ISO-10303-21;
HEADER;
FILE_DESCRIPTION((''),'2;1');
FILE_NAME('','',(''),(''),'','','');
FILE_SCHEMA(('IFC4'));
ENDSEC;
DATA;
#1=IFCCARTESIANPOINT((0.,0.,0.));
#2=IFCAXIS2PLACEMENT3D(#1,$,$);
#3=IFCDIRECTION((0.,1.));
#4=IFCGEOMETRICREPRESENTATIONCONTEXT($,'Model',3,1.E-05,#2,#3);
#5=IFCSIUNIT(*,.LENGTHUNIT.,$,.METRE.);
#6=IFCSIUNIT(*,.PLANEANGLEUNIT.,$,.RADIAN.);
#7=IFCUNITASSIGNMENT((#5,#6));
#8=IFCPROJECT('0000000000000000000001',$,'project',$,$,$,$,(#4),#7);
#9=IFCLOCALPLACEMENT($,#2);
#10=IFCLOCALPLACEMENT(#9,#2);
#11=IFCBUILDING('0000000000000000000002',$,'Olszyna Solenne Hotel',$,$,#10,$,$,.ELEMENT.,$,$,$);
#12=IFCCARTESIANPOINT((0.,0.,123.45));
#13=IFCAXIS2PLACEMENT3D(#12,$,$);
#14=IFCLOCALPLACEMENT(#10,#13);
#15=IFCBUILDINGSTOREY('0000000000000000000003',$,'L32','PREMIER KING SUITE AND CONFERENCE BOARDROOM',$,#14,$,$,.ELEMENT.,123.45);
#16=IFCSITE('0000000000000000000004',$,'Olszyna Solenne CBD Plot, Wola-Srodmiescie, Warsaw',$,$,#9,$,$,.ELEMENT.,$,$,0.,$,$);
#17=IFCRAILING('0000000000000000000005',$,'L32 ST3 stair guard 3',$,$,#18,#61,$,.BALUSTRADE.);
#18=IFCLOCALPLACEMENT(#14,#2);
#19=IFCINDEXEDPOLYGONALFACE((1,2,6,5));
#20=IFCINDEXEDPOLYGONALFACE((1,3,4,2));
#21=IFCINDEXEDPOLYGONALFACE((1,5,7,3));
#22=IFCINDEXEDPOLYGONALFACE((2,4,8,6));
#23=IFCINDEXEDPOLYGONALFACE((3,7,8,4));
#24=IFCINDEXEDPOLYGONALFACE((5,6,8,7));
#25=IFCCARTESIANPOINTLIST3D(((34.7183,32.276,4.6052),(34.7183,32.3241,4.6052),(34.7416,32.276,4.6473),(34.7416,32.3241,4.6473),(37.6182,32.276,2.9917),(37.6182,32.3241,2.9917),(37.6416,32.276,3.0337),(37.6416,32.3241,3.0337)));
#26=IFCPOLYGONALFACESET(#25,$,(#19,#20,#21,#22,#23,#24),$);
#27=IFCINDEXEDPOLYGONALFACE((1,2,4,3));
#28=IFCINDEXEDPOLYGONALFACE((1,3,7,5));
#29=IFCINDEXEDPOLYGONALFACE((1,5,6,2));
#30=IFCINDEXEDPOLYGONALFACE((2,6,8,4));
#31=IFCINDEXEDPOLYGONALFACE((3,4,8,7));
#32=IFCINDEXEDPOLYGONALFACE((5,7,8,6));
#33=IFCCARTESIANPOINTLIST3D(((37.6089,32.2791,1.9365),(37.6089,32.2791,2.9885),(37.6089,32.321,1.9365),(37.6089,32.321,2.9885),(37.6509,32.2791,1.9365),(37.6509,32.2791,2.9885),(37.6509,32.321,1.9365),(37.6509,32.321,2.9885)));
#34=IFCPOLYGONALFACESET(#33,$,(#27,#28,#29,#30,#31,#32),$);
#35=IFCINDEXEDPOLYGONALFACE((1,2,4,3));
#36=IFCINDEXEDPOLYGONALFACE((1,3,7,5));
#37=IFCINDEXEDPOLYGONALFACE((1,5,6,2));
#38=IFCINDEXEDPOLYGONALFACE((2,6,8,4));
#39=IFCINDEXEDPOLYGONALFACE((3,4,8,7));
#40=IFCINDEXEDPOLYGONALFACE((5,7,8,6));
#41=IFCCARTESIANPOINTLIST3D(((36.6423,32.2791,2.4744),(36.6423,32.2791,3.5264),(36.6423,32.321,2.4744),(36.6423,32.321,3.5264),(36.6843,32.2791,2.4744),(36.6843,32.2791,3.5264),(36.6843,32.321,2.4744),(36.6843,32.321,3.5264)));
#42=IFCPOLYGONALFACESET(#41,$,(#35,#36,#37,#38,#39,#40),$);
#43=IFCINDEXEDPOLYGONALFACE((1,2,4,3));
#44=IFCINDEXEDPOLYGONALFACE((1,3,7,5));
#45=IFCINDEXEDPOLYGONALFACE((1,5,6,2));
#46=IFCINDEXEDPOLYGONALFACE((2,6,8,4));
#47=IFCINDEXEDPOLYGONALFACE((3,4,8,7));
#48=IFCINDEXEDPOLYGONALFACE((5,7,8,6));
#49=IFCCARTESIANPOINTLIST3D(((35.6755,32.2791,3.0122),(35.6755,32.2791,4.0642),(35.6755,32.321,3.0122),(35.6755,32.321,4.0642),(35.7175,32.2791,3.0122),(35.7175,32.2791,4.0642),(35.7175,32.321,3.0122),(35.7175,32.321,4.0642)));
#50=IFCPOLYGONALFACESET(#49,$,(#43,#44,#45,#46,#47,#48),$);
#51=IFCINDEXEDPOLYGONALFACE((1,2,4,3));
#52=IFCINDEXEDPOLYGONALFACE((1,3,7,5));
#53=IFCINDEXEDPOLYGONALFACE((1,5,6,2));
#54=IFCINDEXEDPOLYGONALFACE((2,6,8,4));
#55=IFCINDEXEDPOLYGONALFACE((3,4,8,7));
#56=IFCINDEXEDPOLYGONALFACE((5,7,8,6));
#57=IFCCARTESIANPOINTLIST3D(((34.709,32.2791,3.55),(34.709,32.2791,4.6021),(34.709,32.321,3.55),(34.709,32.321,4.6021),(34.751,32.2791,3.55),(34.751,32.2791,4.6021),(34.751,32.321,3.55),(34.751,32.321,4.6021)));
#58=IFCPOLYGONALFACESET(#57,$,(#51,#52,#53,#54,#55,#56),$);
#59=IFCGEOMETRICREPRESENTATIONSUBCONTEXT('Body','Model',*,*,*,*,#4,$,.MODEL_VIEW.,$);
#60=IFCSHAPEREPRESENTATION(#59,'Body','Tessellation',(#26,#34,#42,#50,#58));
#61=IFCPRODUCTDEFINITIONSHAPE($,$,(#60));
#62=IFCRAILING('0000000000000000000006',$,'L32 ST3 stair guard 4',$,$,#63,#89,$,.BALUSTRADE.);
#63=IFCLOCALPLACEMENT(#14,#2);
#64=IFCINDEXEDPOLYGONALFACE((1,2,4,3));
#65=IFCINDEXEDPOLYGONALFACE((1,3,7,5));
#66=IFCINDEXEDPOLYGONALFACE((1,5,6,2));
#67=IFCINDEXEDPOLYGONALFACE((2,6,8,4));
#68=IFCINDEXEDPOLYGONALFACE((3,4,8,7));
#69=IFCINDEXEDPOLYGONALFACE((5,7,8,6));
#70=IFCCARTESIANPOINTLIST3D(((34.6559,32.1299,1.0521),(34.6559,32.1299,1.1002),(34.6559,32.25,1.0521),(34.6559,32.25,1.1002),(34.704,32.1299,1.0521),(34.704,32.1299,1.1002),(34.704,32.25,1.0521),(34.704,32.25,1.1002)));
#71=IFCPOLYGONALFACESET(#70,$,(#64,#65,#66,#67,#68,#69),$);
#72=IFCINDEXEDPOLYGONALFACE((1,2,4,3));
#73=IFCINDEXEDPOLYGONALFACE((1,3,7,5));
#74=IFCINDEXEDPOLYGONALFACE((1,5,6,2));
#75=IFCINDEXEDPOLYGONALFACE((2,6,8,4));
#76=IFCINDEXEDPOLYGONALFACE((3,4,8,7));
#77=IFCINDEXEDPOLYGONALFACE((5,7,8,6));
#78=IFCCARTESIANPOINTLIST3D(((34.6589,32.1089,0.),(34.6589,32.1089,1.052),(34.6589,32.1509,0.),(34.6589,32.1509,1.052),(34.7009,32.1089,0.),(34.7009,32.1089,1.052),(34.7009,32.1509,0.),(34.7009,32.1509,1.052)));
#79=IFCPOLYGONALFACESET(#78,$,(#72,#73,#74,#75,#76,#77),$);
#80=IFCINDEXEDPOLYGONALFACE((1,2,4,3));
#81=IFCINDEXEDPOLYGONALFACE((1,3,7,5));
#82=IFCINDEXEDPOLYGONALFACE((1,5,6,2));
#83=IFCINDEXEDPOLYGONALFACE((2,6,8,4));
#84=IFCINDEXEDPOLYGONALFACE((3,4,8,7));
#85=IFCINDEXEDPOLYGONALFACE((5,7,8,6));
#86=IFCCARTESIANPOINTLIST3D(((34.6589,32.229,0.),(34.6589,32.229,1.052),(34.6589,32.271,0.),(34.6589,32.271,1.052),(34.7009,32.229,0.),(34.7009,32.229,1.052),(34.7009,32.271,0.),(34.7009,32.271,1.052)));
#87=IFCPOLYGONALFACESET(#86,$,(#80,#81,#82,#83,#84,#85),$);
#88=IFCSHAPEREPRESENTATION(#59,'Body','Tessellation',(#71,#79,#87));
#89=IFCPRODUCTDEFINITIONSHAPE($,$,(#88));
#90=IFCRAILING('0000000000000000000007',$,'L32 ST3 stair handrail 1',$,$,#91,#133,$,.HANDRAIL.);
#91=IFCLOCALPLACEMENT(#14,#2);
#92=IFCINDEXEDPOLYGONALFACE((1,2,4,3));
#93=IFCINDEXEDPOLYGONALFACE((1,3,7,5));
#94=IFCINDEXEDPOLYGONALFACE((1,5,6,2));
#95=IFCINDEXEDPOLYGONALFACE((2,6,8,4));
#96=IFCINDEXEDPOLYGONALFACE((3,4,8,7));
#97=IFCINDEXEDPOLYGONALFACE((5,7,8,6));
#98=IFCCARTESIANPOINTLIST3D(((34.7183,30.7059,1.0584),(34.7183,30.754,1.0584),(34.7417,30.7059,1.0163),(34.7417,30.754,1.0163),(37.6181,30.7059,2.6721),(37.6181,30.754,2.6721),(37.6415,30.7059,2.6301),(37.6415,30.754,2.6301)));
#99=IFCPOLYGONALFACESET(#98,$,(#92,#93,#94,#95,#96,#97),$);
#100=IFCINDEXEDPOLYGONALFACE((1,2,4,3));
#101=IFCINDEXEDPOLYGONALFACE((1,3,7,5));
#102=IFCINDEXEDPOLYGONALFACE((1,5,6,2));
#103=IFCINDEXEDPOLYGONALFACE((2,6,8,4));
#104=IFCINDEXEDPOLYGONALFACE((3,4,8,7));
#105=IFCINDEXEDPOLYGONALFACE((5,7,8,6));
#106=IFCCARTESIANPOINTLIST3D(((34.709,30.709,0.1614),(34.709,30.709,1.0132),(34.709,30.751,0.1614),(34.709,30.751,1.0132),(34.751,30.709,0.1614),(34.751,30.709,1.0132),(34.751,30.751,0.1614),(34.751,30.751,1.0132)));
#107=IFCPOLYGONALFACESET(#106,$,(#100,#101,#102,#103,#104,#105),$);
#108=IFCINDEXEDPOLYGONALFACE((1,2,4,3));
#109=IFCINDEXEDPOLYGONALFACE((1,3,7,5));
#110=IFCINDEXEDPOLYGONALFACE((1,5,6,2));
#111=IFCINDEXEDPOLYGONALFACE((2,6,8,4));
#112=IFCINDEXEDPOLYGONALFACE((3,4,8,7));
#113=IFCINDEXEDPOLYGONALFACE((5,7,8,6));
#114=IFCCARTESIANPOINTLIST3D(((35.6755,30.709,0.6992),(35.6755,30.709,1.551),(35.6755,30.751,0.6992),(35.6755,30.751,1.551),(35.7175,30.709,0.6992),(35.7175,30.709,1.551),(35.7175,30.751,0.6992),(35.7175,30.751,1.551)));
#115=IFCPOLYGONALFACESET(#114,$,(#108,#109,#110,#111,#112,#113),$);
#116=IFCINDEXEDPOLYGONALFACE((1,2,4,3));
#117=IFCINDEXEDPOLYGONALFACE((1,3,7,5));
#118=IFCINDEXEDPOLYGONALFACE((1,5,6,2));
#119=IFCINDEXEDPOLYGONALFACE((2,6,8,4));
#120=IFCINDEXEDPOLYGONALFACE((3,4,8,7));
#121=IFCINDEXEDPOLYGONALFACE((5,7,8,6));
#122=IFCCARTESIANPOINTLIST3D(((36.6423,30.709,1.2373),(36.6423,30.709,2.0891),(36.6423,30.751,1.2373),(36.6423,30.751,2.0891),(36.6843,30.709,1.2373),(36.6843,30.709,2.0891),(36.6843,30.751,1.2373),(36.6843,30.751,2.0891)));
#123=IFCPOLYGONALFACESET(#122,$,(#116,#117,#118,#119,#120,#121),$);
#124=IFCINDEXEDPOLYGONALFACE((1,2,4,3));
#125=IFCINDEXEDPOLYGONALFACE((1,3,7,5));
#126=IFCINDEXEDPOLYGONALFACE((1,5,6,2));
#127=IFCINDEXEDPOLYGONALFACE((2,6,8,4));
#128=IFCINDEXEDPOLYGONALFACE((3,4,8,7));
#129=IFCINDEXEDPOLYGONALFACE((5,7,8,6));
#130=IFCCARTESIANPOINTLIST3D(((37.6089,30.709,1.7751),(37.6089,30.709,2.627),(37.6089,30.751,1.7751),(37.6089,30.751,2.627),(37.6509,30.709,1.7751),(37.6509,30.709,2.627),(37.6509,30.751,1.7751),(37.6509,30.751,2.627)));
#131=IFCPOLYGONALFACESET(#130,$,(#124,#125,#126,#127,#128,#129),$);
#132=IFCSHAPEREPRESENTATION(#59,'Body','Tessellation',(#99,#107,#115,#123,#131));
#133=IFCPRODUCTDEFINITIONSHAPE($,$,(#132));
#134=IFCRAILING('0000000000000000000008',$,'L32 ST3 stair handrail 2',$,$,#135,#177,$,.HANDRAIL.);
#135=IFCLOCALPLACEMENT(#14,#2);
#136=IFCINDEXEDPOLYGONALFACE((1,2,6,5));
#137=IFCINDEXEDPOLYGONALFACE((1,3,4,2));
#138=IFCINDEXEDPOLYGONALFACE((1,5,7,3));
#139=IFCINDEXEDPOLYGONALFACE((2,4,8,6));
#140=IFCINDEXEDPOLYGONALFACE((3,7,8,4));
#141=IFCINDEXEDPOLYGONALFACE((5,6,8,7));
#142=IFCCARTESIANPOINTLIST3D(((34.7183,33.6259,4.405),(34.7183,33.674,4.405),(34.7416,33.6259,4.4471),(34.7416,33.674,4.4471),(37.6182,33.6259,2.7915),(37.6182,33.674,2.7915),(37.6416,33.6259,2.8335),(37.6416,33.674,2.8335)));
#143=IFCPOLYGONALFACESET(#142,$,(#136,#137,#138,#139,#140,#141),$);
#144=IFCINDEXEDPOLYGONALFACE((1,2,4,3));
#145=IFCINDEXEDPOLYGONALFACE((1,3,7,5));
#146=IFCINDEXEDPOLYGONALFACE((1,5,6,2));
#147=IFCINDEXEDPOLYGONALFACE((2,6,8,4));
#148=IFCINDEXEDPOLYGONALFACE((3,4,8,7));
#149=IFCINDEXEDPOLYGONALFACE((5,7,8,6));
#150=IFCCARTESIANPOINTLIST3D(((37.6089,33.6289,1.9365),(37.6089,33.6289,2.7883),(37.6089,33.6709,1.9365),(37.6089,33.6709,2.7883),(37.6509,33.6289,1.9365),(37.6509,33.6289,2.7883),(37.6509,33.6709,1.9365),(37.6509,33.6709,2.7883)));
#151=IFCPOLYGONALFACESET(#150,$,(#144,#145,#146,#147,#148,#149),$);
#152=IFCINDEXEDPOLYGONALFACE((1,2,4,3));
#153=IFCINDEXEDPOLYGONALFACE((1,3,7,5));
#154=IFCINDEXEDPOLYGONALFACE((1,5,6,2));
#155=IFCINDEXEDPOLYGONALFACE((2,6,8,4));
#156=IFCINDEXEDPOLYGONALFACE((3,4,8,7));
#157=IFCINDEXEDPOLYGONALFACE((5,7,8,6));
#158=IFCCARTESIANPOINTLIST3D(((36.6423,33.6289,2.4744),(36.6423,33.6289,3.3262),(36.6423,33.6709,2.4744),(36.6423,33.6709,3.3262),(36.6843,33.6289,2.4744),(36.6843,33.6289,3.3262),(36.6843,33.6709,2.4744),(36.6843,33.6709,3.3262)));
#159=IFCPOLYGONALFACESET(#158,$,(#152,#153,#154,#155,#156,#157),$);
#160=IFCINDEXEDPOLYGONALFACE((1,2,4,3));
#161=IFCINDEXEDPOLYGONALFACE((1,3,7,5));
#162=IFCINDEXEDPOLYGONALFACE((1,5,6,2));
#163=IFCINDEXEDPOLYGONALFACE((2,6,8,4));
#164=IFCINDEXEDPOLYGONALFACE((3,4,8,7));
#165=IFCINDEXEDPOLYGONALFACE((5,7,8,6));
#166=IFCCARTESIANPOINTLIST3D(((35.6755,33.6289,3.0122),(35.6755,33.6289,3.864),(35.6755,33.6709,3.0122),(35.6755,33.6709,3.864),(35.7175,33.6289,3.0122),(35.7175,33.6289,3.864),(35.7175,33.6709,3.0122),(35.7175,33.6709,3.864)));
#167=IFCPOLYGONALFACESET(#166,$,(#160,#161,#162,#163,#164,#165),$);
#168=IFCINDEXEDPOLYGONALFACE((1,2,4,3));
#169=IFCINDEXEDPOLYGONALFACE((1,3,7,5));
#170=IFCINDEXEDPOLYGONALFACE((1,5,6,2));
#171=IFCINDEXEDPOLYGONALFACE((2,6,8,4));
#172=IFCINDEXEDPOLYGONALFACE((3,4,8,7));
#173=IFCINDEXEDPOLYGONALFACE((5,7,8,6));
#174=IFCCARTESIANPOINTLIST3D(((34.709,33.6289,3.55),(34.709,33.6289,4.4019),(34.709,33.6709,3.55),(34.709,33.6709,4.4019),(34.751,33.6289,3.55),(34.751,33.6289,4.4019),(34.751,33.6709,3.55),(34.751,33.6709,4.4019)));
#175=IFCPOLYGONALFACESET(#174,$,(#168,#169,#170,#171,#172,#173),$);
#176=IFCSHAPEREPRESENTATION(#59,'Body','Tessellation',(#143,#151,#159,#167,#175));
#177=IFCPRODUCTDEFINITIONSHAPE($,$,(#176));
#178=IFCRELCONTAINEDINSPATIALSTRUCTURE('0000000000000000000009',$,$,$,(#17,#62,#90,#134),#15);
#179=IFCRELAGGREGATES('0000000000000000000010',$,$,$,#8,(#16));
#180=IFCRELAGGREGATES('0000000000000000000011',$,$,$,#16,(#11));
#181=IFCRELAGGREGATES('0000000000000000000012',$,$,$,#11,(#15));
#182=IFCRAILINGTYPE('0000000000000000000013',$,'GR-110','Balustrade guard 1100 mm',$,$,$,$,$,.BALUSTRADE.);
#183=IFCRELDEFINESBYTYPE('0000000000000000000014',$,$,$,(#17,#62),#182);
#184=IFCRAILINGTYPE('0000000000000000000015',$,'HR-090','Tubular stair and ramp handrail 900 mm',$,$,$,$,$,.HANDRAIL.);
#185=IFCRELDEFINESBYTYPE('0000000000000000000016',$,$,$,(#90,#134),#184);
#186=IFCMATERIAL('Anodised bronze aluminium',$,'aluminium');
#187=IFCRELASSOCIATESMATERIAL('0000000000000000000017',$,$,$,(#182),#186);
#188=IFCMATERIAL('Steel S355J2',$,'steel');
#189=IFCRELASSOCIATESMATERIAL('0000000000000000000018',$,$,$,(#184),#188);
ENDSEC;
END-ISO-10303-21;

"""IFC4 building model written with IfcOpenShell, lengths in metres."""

from ifc_helpers import new_model, si_unit, direction, frame, origin, origin_2d, place, context, subcontext, project, spatial, rectangle, extrude, material, type_object, element, save


model = new_model("IFC4")

# Units and contexts
model_context = context("Model", 3, precision=1e-05, world=origin(), true_north=direction((0.0, 1.0)))
body_context = subcontext(model_context, "Body", "Model", "MODEL_VIEW")
ifc_project = project(units=[si_unit("LENGTHUNIT", "METRE"), si_unit("PLANEANGLEUNIT", "RADIAN")], contexts=[model_context])

# Site, building, storey
site_placement = place(None, origin())
site = spatial("IfcSite", under=ifc_project, at=site_placement, Name="Olszyna Solenne CBD Plot, Wola-Srodmiescie, Warsaw", CompositionType="ELEMENT", RefElevation=0.0)
building_placement = place(site_placement, origin())
building = spatial("IfcBuilding", under=site, at=building_placement, Name="Olszyna Solenne Hotel", CompositionType="ELEMENT")
storey_placement = place(building_placement, frame((0.0, 0.0, 123.45)))
storey = spatial("IfcBuildingStorey", under=building, at=storey_placement, Name="L32", Description="PREMIER KING SUITE AND CONFERENCE BOARDROOM", CompositionType="ELEMENT", Elevation=123.45)

# Shared definitions
ifc_material_1 = material(Name="Steel S355J2", Category="steel")

# Shared definitions
ifc_material_2 = material(Name="Anodised bronze aluminium", Category="aluminium")

# Railings
railing_type_1 = type_object("IfcRailingType", Name="GR-110", Description="Balustrade guard 1100 mm", PredefinedType="BALUSTRADE", material=ifc_material_2)
railing_1_placement = place(storey_placement, frame((37.6299, 32.3, 1.9365)))
element("IfcRailing", 1, at=railing_1_placement, inside=storey, type_object=railing_type_1, Name="L32 ST3 stair guard 3", PredefinedType="BALUSTRADE", context=body_context, shape_type="SweptSolid", body=[
    extrude(rectangle(XDim=0.0481, YDim=0.0481, at=origin_2d()), frame((0.0, 0.0, 1.0762), z_axis=(-0.873841, 0.0, 0.486211), x_axis=(0.0, -1.0, 0.0)), (0.0, 0.0, 1.0), 3.3186),
    extrude(rectangle(XDim=0.042, YDim=0.042, at=origin_2d()), origin(), (0.0, 0.0, 1.0), 1.052),
    extrude(rectangle(XDim=0.042, YDim=0.042, at=origin_2d()), frame((-0.9666, 0.0, 0.5378)), (0.0, 0.0, 1.0), 1.052),
    extrude(rectangle(XDim=0.042, YDim=0.042, at=origin_2d()), frame((-1.9333, 0.0, 1.0757)), (0.0, 0.0, 1.0), 1.052),
    extrude(rectangle(XDim=0.042, YDim=0.042, at=origin_2d()), frame((-2.8999, 0.0, 1.6135)), (0.0, 0.0, 1.0), 1.052),
])
railing_2_placement = place(storey_placement, frame((34.6799, 32.1299, 0.0)))
element("IfcRailing", 2, at=railing_2_placement, inside=storey, type_object=railing_type_1, Name="L32 ST3 stair guard 4", PredefinedType="BALUSTRADE", context=body_context, shape_type="SweptSolid", body=[
    extrude(rectangle(XDim=0.0481, YDim=0.0481, at=origin_2d()), frame((0.0, 0.0, 1.0762), z_axis=(0.0, 1.0, 0.0), x_axis=(-1.0, 0.0, 0.0)), (0.0, 0.0, 1.0), 0.1201),
    extrude(rectangle(XDim=0.042, YDim=0.042, at=origin_2d()), origin(), (0.0, 0.0, 1.0), 1.052),
    extrude(rectangle(XDim=0.042, YDim=0.042, at=origin_2d()), frame((0.0, 0.1201, 0.0)), (0.0, 0.0, 1.0), 1.052),
])
railing_type_2 = type_object("IfcRailingType", Name="HR-090", Description="Tubular stair and ramp handrail 900 mm", PredefinedType="HANDRAIL", material=ifc_material_1)
railing_3_placement = place(storey_placement, frame((34.73, 30.73, 0.1614)))
element("IfcRailing", 3, at=railing_3_placement, inside=storey, type_object=railing_type_2, Name="L32 ST3 stair handrail 1", PredefinedType="HANDRAIL", context=body_context, shape_type="SweptSolid", body=[
    extrude(rectangle(XDim=0.0481, YDim=0.0481, at=origin_2d()), frame((0.0, 0.0, 0.876), z_axis=(0.87381, 0.0, 0.486267), x_axis=(0.0, 1.0, 0.0)), (0.0, 0.0, 1.0), 3.3186),
    extrude(rectangle(XDim=0.042, YDim=0.042, at=origin_2d()), origin(), (0.0, 0.0, 1.0), 0.8518),
    extrude(rectangle(XDim=0.042, YDim=0.042, at=origin_2d()), frame((0.9666, 0.0, 0.5378)), (0.0, 0.0, 1.0), 0.8518),
    extrude(rectangle(XDim=0.042, YDim=0.042, at=origin_2d()), frame((1.9333, 0.0, 1.0759)), (0.0, 0.0, 1.0), 0.8518),
    extrude(rectangle(XDim=0.042, YDim=0.042, at=origin_2d()), frame((2.8999, 0.0, 1.6138)), (0.0, 0.0, 1.0), 0.8518),
])
railing_4_placement = place(storey_placement, frame((37.6299, 33.6499, 1.9365)))
element("IfcRailing", 4, at=railing_4_placement, inside=storey, type_object=railing_type_2, Name="L32 ST3 stair handrail 2", PredefinedType="HANDRAIL", context=body_context, shape_type="SweptSolid", body=[
    extrude(rectangle(XDim=0.0481, YDim=0.0481, at=origin_2d()), frame((0.0, 0.0, 0.876), z_axis=(-0.873841, 0.0, 0.486211), x_axis=(0.0, -1.0, 0.0)), (0.0, 0.0, 1.0), 3.3186),
    extrude(rectangle(XDim=0.042, YDim=0.042, at=origin_2d()), origin(), (0.0, 0.0, 1.0), 0.8518),
    extrude(rectangle(XDim=0.042, YDim=0.042, at=origin_2d()), frame((-0.9666, 0.0, 0.5378)), (0.0, 0.0, 1.0), 0.8518),
    extrude(rectangle(XDim=0.042, YDim=0.042, at=origin_2d()), frame((-1.9333, 0.0, 1.0757)), (0.0, 0.0, 1.0), 0.8518),
    extrude(rectangle(XDim=0.042, YDim=0.042, at=origin_2d()), frame((-2.8999, 0.0, 1.6135)), (0.0, 0.0, 1.0), 0.8518),
])

save(model, "model.ifc")
